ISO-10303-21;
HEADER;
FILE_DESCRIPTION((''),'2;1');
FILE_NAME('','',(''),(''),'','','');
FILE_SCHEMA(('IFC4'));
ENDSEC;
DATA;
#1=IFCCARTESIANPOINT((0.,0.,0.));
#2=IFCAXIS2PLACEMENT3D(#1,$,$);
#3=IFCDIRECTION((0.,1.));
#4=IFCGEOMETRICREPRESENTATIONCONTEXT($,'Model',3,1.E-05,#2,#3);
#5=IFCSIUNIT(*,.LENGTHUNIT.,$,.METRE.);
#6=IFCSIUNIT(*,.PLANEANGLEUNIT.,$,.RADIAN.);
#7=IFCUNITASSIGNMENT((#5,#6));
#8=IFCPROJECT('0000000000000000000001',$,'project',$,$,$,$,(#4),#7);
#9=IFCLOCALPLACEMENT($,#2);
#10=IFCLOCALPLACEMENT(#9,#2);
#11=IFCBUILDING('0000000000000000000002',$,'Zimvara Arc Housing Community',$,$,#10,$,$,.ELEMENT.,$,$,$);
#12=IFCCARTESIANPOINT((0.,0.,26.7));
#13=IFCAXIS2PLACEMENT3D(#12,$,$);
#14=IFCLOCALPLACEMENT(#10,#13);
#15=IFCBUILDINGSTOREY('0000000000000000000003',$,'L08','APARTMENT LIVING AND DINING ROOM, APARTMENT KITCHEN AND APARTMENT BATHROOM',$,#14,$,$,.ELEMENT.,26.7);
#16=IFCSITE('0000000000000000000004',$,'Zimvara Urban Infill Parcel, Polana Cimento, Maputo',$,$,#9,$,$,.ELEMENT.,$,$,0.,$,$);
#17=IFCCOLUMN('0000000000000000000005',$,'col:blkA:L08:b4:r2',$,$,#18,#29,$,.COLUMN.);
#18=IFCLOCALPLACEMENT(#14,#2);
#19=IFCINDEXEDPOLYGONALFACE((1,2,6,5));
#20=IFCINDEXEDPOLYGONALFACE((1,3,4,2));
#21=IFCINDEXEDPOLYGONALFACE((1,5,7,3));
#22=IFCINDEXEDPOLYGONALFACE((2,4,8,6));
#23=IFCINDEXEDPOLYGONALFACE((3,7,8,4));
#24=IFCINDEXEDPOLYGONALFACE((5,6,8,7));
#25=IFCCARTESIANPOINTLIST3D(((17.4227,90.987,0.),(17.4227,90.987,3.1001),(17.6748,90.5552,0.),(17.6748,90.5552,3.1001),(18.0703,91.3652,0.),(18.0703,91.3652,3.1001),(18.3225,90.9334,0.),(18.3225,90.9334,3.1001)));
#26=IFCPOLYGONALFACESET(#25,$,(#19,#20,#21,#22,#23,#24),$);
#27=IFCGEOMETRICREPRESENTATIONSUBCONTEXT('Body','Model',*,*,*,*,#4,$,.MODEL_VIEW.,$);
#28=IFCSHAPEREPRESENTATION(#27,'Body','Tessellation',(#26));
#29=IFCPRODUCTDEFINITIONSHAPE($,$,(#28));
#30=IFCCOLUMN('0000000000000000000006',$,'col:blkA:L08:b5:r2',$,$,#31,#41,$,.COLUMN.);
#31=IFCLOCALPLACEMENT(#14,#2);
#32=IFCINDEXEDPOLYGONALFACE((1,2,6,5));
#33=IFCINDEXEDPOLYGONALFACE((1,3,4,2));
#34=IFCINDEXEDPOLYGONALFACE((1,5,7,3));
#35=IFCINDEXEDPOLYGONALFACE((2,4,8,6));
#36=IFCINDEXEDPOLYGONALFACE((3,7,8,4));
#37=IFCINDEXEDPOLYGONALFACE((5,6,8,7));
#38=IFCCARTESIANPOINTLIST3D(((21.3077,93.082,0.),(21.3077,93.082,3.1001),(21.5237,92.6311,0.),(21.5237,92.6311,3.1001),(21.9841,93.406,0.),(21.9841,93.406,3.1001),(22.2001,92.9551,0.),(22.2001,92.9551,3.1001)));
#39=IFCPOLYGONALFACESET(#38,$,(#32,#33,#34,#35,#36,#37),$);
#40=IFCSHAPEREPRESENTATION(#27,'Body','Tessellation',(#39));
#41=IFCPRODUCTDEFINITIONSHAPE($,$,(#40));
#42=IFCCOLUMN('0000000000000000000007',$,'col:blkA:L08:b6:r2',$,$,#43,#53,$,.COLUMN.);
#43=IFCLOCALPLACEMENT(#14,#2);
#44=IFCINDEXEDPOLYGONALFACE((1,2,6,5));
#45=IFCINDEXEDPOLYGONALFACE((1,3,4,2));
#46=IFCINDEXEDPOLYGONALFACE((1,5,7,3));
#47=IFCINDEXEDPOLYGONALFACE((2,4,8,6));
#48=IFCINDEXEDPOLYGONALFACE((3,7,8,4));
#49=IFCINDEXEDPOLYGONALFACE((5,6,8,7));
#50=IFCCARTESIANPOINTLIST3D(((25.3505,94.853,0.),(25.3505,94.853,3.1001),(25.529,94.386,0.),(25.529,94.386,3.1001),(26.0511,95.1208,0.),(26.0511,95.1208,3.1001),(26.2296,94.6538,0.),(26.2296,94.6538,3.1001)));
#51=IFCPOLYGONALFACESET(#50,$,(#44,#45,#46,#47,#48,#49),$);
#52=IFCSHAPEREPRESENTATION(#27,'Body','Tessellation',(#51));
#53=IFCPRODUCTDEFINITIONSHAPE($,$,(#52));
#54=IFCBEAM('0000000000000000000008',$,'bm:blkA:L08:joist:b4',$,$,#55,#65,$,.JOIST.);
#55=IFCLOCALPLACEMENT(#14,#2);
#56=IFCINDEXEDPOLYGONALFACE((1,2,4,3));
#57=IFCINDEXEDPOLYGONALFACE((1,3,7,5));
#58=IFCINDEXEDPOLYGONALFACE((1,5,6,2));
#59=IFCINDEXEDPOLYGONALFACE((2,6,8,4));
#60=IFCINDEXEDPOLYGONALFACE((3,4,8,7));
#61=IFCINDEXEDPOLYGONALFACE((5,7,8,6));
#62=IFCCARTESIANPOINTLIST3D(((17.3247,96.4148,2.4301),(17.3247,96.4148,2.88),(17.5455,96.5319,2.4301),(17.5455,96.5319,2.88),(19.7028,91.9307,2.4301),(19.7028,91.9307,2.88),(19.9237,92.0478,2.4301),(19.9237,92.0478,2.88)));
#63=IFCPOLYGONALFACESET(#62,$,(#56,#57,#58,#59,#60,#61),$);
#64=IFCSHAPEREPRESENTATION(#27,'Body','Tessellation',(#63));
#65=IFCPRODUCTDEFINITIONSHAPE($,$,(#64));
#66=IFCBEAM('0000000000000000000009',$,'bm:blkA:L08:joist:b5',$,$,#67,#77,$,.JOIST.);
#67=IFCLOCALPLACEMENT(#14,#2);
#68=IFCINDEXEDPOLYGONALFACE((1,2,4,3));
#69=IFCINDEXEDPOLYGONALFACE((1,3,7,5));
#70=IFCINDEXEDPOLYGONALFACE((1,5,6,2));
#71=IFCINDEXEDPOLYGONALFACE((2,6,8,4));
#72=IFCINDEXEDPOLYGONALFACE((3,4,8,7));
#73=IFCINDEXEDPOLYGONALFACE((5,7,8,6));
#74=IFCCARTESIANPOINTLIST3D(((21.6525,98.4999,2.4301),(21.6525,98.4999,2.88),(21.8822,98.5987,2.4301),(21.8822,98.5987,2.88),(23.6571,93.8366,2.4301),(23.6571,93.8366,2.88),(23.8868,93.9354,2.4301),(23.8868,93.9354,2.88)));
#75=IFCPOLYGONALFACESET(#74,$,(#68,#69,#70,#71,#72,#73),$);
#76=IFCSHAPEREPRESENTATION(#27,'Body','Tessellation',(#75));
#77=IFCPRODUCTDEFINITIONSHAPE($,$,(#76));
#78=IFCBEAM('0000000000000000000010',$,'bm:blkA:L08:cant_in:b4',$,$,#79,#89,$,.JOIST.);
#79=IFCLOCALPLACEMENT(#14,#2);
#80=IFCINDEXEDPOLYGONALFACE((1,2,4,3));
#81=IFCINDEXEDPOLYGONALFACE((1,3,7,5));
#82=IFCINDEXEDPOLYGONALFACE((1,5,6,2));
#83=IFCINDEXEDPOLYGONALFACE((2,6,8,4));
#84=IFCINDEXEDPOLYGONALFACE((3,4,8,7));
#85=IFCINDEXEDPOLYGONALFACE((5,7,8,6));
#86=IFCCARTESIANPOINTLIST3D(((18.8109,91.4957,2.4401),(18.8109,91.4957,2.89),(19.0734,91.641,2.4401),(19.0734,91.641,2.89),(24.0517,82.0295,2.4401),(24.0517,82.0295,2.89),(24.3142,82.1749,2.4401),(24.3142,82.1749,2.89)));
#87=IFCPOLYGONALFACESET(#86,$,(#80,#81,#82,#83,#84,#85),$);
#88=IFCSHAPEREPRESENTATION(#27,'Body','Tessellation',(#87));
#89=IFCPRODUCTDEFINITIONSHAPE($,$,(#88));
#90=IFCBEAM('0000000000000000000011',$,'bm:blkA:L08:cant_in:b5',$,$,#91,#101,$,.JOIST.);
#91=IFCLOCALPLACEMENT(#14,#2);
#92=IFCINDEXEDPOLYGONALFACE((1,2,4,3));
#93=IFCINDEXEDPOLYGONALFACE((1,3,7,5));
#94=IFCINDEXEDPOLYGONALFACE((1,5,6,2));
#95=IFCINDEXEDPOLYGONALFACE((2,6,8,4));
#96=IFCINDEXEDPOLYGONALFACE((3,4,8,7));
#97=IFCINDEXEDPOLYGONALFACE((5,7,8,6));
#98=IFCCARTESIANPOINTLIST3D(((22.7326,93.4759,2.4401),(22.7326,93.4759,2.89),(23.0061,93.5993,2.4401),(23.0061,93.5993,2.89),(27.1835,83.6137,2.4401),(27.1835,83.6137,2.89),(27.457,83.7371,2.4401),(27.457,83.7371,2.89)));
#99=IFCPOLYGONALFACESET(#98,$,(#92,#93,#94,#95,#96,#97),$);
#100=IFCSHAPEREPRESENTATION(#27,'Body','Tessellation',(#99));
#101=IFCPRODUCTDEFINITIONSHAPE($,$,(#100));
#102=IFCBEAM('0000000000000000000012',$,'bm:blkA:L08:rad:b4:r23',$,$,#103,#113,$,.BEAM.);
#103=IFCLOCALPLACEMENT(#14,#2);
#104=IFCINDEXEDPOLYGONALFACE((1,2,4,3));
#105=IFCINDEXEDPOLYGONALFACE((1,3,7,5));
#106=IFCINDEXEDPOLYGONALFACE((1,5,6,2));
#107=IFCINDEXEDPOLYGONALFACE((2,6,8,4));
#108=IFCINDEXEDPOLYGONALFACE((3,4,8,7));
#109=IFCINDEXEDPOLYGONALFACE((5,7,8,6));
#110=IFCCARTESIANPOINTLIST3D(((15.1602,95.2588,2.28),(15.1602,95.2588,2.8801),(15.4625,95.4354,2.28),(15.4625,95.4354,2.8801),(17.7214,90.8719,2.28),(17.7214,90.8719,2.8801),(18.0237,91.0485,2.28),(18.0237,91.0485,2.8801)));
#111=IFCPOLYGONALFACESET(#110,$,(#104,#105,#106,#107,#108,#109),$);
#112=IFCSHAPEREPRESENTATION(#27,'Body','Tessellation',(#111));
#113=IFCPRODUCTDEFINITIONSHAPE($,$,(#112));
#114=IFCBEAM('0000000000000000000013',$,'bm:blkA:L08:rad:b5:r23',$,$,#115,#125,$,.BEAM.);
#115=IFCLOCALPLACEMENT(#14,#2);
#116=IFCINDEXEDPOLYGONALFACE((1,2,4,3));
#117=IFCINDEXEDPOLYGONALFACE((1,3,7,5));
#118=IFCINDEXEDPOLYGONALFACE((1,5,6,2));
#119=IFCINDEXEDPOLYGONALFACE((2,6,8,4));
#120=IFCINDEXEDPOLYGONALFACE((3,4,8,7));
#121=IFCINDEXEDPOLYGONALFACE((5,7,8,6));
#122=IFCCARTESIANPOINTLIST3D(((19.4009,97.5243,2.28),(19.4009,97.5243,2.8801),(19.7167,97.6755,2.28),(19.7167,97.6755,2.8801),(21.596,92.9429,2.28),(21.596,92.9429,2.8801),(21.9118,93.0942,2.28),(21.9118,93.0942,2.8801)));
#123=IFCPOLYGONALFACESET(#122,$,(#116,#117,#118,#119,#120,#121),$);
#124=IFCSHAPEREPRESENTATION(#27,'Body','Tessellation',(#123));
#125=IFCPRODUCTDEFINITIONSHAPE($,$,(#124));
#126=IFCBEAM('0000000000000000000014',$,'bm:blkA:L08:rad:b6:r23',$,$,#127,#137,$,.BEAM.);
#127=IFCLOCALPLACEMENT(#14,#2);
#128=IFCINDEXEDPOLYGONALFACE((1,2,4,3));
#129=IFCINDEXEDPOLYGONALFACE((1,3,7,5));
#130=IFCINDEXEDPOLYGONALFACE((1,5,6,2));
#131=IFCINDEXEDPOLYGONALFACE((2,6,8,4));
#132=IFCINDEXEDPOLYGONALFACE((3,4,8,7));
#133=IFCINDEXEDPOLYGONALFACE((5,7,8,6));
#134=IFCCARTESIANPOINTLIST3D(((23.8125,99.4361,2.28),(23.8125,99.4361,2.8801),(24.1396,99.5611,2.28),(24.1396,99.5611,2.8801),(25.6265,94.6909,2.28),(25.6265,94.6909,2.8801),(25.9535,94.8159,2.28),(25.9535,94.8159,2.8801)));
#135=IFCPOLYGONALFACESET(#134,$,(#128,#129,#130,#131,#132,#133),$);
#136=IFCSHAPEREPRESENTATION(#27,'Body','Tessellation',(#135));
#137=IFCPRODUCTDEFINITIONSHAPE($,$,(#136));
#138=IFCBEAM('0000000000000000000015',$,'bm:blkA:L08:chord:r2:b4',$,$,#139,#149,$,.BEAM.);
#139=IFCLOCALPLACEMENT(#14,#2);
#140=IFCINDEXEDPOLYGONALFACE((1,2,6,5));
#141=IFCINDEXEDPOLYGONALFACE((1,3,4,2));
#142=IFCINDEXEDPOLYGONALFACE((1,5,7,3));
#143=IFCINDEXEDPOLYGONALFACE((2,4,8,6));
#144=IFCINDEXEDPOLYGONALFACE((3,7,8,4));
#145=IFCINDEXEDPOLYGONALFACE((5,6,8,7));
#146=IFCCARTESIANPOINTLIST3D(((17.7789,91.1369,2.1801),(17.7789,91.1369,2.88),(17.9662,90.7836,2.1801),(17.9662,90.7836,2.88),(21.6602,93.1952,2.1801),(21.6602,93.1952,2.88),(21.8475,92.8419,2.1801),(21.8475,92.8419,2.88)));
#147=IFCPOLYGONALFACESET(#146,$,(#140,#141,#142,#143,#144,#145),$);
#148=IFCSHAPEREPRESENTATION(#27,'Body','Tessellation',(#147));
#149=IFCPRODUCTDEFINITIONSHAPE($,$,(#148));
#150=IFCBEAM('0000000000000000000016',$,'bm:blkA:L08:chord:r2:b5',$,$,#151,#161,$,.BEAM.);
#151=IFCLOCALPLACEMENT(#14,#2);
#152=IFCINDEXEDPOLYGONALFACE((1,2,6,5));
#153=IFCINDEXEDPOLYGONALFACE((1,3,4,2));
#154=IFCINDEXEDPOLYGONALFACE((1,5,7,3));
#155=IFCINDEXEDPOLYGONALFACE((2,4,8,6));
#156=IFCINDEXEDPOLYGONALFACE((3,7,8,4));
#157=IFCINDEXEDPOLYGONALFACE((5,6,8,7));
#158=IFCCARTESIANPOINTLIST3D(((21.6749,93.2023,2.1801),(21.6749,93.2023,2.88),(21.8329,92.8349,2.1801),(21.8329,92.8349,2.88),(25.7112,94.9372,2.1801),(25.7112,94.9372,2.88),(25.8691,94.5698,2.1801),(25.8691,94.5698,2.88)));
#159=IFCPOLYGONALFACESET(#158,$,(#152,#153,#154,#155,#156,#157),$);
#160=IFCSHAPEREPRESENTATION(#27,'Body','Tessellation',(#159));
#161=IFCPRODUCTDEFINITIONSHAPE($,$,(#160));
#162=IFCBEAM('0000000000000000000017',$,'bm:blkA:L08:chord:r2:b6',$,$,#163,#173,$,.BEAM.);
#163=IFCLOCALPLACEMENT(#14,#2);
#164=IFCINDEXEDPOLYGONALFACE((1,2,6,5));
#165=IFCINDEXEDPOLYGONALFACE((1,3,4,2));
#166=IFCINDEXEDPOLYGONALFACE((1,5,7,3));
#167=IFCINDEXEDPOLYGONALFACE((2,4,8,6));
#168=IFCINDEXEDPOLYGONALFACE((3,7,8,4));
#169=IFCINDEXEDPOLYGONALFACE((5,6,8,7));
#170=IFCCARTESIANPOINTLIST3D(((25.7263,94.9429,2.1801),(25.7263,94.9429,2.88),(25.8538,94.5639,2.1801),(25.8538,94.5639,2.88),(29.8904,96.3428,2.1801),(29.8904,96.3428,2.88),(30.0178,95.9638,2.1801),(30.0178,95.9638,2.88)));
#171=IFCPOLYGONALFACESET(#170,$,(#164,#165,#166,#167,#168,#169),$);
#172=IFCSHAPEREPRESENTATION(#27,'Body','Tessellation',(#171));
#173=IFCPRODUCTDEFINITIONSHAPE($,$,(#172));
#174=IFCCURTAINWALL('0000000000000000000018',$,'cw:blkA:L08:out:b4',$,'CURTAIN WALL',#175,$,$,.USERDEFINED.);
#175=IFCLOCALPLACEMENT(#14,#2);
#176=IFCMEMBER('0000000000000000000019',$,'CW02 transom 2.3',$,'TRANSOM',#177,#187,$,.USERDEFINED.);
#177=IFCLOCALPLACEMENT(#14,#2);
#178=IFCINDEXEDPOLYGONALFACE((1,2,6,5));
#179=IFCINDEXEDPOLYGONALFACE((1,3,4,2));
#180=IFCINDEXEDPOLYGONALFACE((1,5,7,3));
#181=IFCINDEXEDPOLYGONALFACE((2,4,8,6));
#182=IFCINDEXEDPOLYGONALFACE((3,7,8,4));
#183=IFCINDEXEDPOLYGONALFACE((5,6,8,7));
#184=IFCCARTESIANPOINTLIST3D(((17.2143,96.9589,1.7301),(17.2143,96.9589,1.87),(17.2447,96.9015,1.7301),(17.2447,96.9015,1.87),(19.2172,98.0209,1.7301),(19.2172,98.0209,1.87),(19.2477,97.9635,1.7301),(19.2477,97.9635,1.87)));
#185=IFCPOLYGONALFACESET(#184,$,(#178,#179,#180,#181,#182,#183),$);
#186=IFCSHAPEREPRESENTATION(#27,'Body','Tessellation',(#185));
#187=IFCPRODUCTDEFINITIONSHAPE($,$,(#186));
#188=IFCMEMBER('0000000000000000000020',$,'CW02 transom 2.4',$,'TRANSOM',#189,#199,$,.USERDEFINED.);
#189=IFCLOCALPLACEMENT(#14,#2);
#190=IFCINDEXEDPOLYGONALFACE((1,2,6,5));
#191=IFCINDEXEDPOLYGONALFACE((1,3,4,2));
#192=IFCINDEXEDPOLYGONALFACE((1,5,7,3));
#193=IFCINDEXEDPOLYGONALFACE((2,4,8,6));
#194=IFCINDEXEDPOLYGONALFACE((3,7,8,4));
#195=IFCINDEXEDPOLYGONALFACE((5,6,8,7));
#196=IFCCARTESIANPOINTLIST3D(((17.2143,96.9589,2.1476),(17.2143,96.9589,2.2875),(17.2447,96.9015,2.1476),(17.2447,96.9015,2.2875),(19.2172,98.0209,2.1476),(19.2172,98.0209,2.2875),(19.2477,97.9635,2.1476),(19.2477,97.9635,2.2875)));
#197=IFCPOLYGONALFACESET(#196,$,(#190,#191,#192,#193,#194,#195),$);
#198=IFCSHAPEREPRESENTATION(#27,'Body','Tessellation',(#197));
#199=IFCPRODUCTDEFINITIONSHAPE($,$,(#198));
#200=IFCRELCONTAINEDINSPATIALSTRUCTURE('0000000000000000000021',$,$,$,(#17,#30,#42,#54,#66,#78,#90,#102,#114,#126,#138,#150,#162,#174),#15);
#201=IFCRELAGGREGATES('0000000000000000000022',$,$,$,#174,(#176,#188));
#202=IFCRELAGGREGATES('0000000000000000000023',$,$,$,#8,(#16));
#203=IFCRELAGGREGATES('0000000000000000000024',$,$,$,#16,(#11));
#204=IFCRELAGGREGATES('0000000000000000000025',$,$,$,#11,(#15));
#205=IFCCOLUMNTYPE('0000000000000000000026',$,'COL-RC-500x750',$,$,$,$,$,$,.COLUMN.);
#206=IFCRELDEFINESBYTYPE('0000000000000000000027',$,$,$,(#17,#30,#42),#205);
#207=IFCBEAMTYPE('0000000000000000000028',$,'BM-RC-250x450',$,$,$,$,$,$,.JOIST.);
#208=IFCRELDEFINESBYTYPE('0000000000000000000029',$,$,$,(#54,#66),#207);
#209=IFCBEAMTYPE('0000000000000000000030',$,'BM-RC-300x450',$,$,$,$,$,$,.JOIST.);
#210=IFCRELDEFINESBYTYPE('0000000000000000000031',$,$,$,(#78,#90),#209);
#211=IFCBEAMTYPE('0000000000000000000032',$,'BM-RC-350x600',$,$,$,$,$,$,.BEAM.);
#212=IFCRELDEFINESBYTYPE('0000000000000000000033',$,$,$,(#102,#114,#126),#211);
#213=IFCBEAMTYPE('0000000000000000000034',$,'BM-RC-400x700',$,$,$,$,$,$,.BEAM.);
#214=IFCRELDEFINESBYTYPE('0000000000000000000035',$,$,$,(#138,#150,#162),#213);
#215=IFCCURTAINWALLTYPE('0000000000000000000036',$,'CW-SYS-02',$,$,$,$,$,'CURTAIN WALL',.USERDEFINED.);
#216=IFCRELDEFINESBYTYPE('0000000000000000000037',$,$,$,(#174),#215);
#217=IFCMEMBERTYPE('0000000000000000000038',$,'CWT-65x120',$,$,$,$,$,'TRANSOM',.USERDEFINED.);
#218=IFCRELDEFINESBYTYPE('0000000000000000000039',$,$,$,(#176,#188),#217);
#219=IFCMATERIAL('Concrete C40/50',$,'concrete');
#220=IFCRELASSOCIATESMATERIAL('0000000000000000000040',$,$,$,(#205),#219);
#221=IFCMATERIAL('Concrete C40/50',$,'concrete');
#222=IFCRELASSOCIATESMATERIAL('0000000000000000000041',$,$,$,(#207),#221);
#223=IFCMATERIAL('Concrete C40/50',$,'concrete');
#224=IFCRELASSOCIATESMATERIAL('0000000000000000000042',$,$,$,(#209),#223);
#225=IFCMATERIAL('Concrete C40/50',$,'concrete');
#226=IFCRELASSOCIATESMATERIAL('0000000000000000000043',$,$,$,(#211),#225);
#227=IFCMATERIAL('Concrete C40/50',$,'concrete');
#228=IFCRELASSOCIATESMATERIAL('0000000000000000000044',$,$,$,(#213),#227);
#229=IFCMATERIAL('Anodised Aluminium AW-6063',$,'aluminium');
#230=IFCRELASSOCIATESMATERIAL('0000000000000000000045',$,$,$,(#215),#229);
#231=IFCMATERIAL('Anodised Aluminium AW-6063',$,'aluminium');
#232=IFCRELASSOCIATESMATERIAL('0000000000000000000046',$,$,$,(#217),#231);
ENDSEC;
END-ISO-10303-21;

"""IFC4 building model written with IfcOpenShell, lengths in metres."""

from ifc_helpers import new_model, si_unit, direction, frame, origin, origin_2d, place, context, subcontext, project, spatial, rectangle, extrude, material, material_profile, profile_set, type_object, element, aggregate, save


model = new_model("IFC4")

# Units and contexts
model_context = context("Model", 3, precision=1e-05, world=origin(), true_north=direction((0.0, 1.0)))
body_context = subcontext(model_context, "Body", "Model", "MODEL_VIEW")
ifc_project = project(units=[si_unit("LENGTHUNIT", "METRE"), si_unit("PLANEANGLEUNIT", "RADIAN")], contexts=[model_context])

# Site, building, storey
site_placement = place(None, origin())
site = spatial("IfcSite", under=ifc_project, at=site_placement, Name="Zimvara Urban Infill Parcel, Polana Cimento, Maputo", CompositionType="ELEMENT", RefElevation=0.0)
building_placement = place(site_placement, origin())
building = spatial("IfcBuilding", under=site, at=building_placement, Name="Zimvara Arc Housing Community", CompositionType="ELEMENT")
storey_placement = place(building_placement, frame((0.0, 0.0, 26.7)))
storey = spatial("IfcBuildingStorey", under=building, at=storey_placement, Name="L08", Description="APARTMENT LIVING AND DINING ROOM, APARTMENT KITCHEN AND APARTMENT BATHROOM", CompositionType="ELEMENT", Elevation=26.7)

# Columns
ifc_material_1 = material(Name="Concrete C40/50", Category="concrete")
ifc_material_profile_1 = material_profile(ifc_material_1, rectangle(XDim=0.5, YDim=0.75, at=origin_2d()), Name="RC 500x750")
ifc_profile_set_1 = profile_set([ifc_material_profile_1], Name="Concrete C40/50")
column_type = type_object("IfcColumnType", Name="COL-RC-500x750", PredefinedType="COLUMN", material=ifc_profile_set_1)
for number, where, z_axis, x_axis, name in (
    (1, (17.8726, 90.9602, 0.0), (0.0, 0.0, 1.0), (-0.504226, 0.863572, 0.0), "col:blkA:L08:b4:r2"),
    (2, (21.7539, 93.0186, 0.0), (0.0, 0.0, 1.0), (-0.432086, 0.901833, 0.0), "col:blkA:L08:b5:r2"),
    (3, (25.79, 94.7534, 0.0), (0.0, 0.0, 1.0), (-0.357064, 0.93408, 0.0), "col:blkA:L08:b6:r2"),
):
    element("IfcColumn", number, at=place(storey_placement, frame(where, z_axis=z_axis, x_axis=x_axis)), inside=storey, type_object=column_type, Name=name, PredefinedType="COLUMN", context=body_context, shape_type="SweptSolid", body=[
        extrude(rectangle(XDim=0.5, YDim=0.75, at=origin_2d()), origin(), (0.0, 0.0, 1.0), 3.1001),
    ])

# Beams
ifc_material_2 = material(Name="Concrete C40/50", Category="concrete")
ifc_material_profile_2 = material_profile(ifc_material_2, rectangle(XDim=0.25, YDim=0.45, at=origin_2d()), Name="RC 250x450")
ifc_profile_set_2 = profile_set([ifc_material_profile_2], Name="Concrete C40/50")
beam_type_1 = type_object("IfcBeamType", Name="BM-RC-250x450", PredefinedType="JOIST", material=ifc_profile_set_2)
beam_1_placement = place(storey_placement, frame((19.8132, 91.9893, 2.655), z_axis=(-0.468537, 0.883444, 0.0), x_axis=(-0.883444, -0.468537, 0.0)))
element("IfcBeam", 4, at=beam_1_placement, inside=storey, type_object=beam_type_1, Name="bm:blkA:L08:joist:b4", PredefinedType="JOIST", context=body_context, shape_type="SweptSolid", body=[
    extrude(rectangle(XDim=0.25, YDim=0.45, at=origin_2d()), origin(), (0.0, 0.0, 1.0), 5.0757),
])
beam_2_placement = place(storey_placement, frame((23.772, 93.886, 2.655), z_axis=(-0.394929, 0.918712, 0.0), x_axis=(-0.918712, -0.394929, 0.0)))
element("IfcBeam", 5, at=beam_2_placement, inside=storey, type_object=beam_type_1, Name="bm:blkA:L08:joist:b5", PredefinedType="JOIST", context=body_context, shape_type="SweptSolid", body=[
    extrude(rectangle(XDim=0.25, YDim=0.45, at=origin_2d()), origin(), (0.0, 0.0, 1.0), 5.0759),
])
ifc_material_3 = material(Name="Concrete C40/50", Category="concrete")
ifc_material_profile_3 = material_profile(ifc_material_3, rectangle(XDim=0.3, YDim=0.45, at=origin_2d()), Name="RC 300x450")
ifc_profile_set_3 = profile_set([ifc_material_profile_3], Name="Concrete C40/50")
beam_type_2 = type_object("IfcBeamType", Name="BM-RC-300x450", PredefinedType="JOIST", material=ifc_profile_set_3)
for number, where, z_axis, x_axis, name in (
    (6, (18.9421, 91.5684, 2.665), (0.484357, -0.87487, 0.0), (0.87487, 0.484357, 0.0), "bm:blkA:L08:cant_in:b4"),
    (7, (22.8694, 93.5376, 2.665), (0.411355, -0.911475, 0.0), (0.911475, 0.411355, 0.0), "bm:blkA:L08:cant_in:b5"),
):
    element("IfcBeam", number, at=place(storey_placement, frame(where, z_axis=z_axis, x_axis=x_axis)), inside=storey, type_object=beam_type_2, Name=name, PredefinedType="JOIST", context=body_context, shape_type="SweptSolid", body=[
        extrude(rectangle(XDim=0.3, YDim=0.45, at=origin_2d()), origin(), (0.0, 0.0, 1.0), 10.8201),
    ])
ifc_material_4 = material(Name="Concrete C40/50", Category="concrete")
ifc_material_profile_4 = material_profile(ifc_material_4, rectangle(XDim=0.3501, YDim=0.6001, at=origin_2d()), Name="RC 350x600")
ifc_profile_set_4 = profile_set([ifc_material_profile_4], Name="Concrete C40/50")
beam_type_3 = type_object("IfcBeamType", Name="BM-RC-350x600", PredefinedType="BEAM", material=ifc_profile_set_4)
beam_3_placement = place(storey_placement, frame((17.8726, 90.9602, 2.5801), z_axis=(-0.504197, 0.863589, 0.0), x_axis=(-0.863589, -0.504197, 0.0)))
element("IfcBeam", 8, at=beam_3_placement, inside=storey, type_object=beam_type_3, Name="bm:blkA:L08:rad:b4:r23", PredefinedType="BEAM", context=body_context, shape_type="SweptSolid", body=[
    extrude(rectangle(XDim=0.3501, YDim=0.6001, at=origin_2d()), origin(), (0.0, 0.0, 1.0), 5.0798),
])
for number, where, z_axis, x_axis, name in (
    (9, (21.7539, 93.0186, 2.5801), (-0.432098, 0.901827, 0.0), (-0.901827, -0.432098, 0.0), "bm:blkA:L08:rad:b5:r23"),
    (10, (25.79, 94.7534, 2.5801), (-0.357078, 0.934074, 0.0), (-0.934074, -0.357078, 0.0), "bm:blkA:L08:rad:b6:r23"),
):
    element("IfcBeam", number, at=place(storey_placement, frame(where, z_axis=z_axis, x_axis=x_axis)), inside=storey, type_object=beam_type_3, Name=name, PredefinedType="BEAM", context=body_context, shape_type="SweptSolid", body=[
        extrude(rectangle(XDim=0.3501, YDim=0.6001, at=origin_2d()), origin(), (0.0, 0.0, 1.0), 5.0801),
    ])
ifc_material_5 = material(Name="Concrete C40/50", Category="concrete")
ifc_material_profile_5 = material_profile(ifc_material_5, rectangle(XDim=0.3999, YDim=0.7, at=origin_2d()), Name="RC 400x700")
ifc_profile_set_5 = profile_set([ifc_material_profile_5], Name="Concrete C40/50")
beam_type_4 = type_object("IfcBeamType", Name="BM-RC-400x700", PredefinedType="BEAM", material=ifc_profile_set_5)
for number, where, z_axis, x_axis, name in (
    (11, (17.8726, 90.9602, 2.53), (0.883457, 0.468513, 0.0), (-0.468513, 0.883457, 0.0), "bm:blkA:L08:chord:r2:b4"),
    (12, (21.7539, 93.0186, 2.53), (0.918725, 0.394898, 0.0), (-0.394898, 0.918725, 0.0), "bm:blkA:L08:chord:r2:b5"),
):
    element("IfcBeam", number, at=place(storey_placement, frame(where, z_axis=z_axis, x_axis=x_axis)), inside=storey, type_object=beam_type_4, Name=name, PredefinedType="BEAM", context=body_context, shape_type="SweptSolid", body=[
        extrude(rectangle(XDim=0.3999, YDim=0.7, at=origin_2d()), origin(), (0.0, 0.0, 1.0), 4.3933),
    ])
beam_4_placement = place(storey_placement, frame((25.79, 94.7534, 2.53), z_axis=(0.947869, 0.318661, 0.0), x_axis=(-0.318661, 0.947869, 0.0)))
element("IfcBeam", 13, at=beam_4_placement, inside=storey, type_object=beam_type_4, Name="bm:blkA:L08:chord:r2:b6", PredefinedType="BEAM", context=body_context, shape_type="SweptSolid", body=[
    extrude(rectangle(XDim=0.3999, YDim=0.7, at=origin_2d()), origin(), (0.0, 0.0, 1.0), 4.3931),
])

# Curtain wall, members
ifc_material_6 = material(Name="Anodised Aluminium AW-6063", Category="aluminium")
curtain_wall_type = type_object("IfcCurtainWallType", Name="CW-SYS-02", ElementType="CURTAIN WALL", PredefinedType="USERDEFINED", material=ifc_material_6)
curtain_wall_placement = place(storey_placement, origin())
curtain_wall = element("IfcCurtainWall", 14, at=curtain_wall_placement, inside=storey, type_object=curtain_wall_type, Name="cw:blkA:L08:out:b4", ObjectType="CURTAIN WALL", PredefinedType="USERDEFINED")
ifc_material_7 = material(Name="Anodised Aluminium AW-6063", Category="aluminium")
ifc_material_profile_6 = material_profile(ifc_material_7, rectangle(XDim=0.0649, YDim=0.1399, at=origin_2d()), Name="ALU 65x140")
ifc_profile_set_6 = profile_set([ifc_material_profile_6], Name="Anodised Aluminium AW-6063")
member_type = type_object("IfcMemberType", Name="CWT-65x120", ElementType="TRANSOM", PredefinedType="USERDEFINED", material=ifc_profile_set_6)
member_1_placement = place(storey_placement, frame((17.2295, 96.9302, 1.8), z_axis=(0.883489, 0.468452, 0.0), x_axis=(-0.468452, 0.883489, 0.0)))
member_1 = element("IfcMember", 15, at=member_1_placement, type_object=member_type, Name="CW02 transom 2.3", ObjectType="TRANSOM", PredefinedType="USERDEFINED", context=body_context, shape_type="SweptSolid", body=[
    extrude(rectangle(XDim=0.0649, YDim=0.1399, at=origin_2d()), origin(), (0.0, 0.0, 1.0), 2.2671),
])
member_2_placement = place(storey_placement, frame((17.2295, 96.9302, 2.2175), z_axis=(0.883489, 0.468452, 0.0), x_axis=(-0.468452, 0.883489, 0.0)))
member_2 = element("IfcMember", 16, at=member_2_placement, type_object=member_type, Name="CW02 transom 2.4", ObjectType="TRANSOM", PredefinedType="USERDEFINED", context=body_context, shape_type="SweptSolid", body=[
    extrude(rectangle(XDim=0.0649, YDim=0.1399, at=origin_2d()), origin(), (0.0, 0.0, 1.0), 2.2671),
])
aggregate(curtain_wall, [member_1, member_2])

save(model, "model.ifc")
